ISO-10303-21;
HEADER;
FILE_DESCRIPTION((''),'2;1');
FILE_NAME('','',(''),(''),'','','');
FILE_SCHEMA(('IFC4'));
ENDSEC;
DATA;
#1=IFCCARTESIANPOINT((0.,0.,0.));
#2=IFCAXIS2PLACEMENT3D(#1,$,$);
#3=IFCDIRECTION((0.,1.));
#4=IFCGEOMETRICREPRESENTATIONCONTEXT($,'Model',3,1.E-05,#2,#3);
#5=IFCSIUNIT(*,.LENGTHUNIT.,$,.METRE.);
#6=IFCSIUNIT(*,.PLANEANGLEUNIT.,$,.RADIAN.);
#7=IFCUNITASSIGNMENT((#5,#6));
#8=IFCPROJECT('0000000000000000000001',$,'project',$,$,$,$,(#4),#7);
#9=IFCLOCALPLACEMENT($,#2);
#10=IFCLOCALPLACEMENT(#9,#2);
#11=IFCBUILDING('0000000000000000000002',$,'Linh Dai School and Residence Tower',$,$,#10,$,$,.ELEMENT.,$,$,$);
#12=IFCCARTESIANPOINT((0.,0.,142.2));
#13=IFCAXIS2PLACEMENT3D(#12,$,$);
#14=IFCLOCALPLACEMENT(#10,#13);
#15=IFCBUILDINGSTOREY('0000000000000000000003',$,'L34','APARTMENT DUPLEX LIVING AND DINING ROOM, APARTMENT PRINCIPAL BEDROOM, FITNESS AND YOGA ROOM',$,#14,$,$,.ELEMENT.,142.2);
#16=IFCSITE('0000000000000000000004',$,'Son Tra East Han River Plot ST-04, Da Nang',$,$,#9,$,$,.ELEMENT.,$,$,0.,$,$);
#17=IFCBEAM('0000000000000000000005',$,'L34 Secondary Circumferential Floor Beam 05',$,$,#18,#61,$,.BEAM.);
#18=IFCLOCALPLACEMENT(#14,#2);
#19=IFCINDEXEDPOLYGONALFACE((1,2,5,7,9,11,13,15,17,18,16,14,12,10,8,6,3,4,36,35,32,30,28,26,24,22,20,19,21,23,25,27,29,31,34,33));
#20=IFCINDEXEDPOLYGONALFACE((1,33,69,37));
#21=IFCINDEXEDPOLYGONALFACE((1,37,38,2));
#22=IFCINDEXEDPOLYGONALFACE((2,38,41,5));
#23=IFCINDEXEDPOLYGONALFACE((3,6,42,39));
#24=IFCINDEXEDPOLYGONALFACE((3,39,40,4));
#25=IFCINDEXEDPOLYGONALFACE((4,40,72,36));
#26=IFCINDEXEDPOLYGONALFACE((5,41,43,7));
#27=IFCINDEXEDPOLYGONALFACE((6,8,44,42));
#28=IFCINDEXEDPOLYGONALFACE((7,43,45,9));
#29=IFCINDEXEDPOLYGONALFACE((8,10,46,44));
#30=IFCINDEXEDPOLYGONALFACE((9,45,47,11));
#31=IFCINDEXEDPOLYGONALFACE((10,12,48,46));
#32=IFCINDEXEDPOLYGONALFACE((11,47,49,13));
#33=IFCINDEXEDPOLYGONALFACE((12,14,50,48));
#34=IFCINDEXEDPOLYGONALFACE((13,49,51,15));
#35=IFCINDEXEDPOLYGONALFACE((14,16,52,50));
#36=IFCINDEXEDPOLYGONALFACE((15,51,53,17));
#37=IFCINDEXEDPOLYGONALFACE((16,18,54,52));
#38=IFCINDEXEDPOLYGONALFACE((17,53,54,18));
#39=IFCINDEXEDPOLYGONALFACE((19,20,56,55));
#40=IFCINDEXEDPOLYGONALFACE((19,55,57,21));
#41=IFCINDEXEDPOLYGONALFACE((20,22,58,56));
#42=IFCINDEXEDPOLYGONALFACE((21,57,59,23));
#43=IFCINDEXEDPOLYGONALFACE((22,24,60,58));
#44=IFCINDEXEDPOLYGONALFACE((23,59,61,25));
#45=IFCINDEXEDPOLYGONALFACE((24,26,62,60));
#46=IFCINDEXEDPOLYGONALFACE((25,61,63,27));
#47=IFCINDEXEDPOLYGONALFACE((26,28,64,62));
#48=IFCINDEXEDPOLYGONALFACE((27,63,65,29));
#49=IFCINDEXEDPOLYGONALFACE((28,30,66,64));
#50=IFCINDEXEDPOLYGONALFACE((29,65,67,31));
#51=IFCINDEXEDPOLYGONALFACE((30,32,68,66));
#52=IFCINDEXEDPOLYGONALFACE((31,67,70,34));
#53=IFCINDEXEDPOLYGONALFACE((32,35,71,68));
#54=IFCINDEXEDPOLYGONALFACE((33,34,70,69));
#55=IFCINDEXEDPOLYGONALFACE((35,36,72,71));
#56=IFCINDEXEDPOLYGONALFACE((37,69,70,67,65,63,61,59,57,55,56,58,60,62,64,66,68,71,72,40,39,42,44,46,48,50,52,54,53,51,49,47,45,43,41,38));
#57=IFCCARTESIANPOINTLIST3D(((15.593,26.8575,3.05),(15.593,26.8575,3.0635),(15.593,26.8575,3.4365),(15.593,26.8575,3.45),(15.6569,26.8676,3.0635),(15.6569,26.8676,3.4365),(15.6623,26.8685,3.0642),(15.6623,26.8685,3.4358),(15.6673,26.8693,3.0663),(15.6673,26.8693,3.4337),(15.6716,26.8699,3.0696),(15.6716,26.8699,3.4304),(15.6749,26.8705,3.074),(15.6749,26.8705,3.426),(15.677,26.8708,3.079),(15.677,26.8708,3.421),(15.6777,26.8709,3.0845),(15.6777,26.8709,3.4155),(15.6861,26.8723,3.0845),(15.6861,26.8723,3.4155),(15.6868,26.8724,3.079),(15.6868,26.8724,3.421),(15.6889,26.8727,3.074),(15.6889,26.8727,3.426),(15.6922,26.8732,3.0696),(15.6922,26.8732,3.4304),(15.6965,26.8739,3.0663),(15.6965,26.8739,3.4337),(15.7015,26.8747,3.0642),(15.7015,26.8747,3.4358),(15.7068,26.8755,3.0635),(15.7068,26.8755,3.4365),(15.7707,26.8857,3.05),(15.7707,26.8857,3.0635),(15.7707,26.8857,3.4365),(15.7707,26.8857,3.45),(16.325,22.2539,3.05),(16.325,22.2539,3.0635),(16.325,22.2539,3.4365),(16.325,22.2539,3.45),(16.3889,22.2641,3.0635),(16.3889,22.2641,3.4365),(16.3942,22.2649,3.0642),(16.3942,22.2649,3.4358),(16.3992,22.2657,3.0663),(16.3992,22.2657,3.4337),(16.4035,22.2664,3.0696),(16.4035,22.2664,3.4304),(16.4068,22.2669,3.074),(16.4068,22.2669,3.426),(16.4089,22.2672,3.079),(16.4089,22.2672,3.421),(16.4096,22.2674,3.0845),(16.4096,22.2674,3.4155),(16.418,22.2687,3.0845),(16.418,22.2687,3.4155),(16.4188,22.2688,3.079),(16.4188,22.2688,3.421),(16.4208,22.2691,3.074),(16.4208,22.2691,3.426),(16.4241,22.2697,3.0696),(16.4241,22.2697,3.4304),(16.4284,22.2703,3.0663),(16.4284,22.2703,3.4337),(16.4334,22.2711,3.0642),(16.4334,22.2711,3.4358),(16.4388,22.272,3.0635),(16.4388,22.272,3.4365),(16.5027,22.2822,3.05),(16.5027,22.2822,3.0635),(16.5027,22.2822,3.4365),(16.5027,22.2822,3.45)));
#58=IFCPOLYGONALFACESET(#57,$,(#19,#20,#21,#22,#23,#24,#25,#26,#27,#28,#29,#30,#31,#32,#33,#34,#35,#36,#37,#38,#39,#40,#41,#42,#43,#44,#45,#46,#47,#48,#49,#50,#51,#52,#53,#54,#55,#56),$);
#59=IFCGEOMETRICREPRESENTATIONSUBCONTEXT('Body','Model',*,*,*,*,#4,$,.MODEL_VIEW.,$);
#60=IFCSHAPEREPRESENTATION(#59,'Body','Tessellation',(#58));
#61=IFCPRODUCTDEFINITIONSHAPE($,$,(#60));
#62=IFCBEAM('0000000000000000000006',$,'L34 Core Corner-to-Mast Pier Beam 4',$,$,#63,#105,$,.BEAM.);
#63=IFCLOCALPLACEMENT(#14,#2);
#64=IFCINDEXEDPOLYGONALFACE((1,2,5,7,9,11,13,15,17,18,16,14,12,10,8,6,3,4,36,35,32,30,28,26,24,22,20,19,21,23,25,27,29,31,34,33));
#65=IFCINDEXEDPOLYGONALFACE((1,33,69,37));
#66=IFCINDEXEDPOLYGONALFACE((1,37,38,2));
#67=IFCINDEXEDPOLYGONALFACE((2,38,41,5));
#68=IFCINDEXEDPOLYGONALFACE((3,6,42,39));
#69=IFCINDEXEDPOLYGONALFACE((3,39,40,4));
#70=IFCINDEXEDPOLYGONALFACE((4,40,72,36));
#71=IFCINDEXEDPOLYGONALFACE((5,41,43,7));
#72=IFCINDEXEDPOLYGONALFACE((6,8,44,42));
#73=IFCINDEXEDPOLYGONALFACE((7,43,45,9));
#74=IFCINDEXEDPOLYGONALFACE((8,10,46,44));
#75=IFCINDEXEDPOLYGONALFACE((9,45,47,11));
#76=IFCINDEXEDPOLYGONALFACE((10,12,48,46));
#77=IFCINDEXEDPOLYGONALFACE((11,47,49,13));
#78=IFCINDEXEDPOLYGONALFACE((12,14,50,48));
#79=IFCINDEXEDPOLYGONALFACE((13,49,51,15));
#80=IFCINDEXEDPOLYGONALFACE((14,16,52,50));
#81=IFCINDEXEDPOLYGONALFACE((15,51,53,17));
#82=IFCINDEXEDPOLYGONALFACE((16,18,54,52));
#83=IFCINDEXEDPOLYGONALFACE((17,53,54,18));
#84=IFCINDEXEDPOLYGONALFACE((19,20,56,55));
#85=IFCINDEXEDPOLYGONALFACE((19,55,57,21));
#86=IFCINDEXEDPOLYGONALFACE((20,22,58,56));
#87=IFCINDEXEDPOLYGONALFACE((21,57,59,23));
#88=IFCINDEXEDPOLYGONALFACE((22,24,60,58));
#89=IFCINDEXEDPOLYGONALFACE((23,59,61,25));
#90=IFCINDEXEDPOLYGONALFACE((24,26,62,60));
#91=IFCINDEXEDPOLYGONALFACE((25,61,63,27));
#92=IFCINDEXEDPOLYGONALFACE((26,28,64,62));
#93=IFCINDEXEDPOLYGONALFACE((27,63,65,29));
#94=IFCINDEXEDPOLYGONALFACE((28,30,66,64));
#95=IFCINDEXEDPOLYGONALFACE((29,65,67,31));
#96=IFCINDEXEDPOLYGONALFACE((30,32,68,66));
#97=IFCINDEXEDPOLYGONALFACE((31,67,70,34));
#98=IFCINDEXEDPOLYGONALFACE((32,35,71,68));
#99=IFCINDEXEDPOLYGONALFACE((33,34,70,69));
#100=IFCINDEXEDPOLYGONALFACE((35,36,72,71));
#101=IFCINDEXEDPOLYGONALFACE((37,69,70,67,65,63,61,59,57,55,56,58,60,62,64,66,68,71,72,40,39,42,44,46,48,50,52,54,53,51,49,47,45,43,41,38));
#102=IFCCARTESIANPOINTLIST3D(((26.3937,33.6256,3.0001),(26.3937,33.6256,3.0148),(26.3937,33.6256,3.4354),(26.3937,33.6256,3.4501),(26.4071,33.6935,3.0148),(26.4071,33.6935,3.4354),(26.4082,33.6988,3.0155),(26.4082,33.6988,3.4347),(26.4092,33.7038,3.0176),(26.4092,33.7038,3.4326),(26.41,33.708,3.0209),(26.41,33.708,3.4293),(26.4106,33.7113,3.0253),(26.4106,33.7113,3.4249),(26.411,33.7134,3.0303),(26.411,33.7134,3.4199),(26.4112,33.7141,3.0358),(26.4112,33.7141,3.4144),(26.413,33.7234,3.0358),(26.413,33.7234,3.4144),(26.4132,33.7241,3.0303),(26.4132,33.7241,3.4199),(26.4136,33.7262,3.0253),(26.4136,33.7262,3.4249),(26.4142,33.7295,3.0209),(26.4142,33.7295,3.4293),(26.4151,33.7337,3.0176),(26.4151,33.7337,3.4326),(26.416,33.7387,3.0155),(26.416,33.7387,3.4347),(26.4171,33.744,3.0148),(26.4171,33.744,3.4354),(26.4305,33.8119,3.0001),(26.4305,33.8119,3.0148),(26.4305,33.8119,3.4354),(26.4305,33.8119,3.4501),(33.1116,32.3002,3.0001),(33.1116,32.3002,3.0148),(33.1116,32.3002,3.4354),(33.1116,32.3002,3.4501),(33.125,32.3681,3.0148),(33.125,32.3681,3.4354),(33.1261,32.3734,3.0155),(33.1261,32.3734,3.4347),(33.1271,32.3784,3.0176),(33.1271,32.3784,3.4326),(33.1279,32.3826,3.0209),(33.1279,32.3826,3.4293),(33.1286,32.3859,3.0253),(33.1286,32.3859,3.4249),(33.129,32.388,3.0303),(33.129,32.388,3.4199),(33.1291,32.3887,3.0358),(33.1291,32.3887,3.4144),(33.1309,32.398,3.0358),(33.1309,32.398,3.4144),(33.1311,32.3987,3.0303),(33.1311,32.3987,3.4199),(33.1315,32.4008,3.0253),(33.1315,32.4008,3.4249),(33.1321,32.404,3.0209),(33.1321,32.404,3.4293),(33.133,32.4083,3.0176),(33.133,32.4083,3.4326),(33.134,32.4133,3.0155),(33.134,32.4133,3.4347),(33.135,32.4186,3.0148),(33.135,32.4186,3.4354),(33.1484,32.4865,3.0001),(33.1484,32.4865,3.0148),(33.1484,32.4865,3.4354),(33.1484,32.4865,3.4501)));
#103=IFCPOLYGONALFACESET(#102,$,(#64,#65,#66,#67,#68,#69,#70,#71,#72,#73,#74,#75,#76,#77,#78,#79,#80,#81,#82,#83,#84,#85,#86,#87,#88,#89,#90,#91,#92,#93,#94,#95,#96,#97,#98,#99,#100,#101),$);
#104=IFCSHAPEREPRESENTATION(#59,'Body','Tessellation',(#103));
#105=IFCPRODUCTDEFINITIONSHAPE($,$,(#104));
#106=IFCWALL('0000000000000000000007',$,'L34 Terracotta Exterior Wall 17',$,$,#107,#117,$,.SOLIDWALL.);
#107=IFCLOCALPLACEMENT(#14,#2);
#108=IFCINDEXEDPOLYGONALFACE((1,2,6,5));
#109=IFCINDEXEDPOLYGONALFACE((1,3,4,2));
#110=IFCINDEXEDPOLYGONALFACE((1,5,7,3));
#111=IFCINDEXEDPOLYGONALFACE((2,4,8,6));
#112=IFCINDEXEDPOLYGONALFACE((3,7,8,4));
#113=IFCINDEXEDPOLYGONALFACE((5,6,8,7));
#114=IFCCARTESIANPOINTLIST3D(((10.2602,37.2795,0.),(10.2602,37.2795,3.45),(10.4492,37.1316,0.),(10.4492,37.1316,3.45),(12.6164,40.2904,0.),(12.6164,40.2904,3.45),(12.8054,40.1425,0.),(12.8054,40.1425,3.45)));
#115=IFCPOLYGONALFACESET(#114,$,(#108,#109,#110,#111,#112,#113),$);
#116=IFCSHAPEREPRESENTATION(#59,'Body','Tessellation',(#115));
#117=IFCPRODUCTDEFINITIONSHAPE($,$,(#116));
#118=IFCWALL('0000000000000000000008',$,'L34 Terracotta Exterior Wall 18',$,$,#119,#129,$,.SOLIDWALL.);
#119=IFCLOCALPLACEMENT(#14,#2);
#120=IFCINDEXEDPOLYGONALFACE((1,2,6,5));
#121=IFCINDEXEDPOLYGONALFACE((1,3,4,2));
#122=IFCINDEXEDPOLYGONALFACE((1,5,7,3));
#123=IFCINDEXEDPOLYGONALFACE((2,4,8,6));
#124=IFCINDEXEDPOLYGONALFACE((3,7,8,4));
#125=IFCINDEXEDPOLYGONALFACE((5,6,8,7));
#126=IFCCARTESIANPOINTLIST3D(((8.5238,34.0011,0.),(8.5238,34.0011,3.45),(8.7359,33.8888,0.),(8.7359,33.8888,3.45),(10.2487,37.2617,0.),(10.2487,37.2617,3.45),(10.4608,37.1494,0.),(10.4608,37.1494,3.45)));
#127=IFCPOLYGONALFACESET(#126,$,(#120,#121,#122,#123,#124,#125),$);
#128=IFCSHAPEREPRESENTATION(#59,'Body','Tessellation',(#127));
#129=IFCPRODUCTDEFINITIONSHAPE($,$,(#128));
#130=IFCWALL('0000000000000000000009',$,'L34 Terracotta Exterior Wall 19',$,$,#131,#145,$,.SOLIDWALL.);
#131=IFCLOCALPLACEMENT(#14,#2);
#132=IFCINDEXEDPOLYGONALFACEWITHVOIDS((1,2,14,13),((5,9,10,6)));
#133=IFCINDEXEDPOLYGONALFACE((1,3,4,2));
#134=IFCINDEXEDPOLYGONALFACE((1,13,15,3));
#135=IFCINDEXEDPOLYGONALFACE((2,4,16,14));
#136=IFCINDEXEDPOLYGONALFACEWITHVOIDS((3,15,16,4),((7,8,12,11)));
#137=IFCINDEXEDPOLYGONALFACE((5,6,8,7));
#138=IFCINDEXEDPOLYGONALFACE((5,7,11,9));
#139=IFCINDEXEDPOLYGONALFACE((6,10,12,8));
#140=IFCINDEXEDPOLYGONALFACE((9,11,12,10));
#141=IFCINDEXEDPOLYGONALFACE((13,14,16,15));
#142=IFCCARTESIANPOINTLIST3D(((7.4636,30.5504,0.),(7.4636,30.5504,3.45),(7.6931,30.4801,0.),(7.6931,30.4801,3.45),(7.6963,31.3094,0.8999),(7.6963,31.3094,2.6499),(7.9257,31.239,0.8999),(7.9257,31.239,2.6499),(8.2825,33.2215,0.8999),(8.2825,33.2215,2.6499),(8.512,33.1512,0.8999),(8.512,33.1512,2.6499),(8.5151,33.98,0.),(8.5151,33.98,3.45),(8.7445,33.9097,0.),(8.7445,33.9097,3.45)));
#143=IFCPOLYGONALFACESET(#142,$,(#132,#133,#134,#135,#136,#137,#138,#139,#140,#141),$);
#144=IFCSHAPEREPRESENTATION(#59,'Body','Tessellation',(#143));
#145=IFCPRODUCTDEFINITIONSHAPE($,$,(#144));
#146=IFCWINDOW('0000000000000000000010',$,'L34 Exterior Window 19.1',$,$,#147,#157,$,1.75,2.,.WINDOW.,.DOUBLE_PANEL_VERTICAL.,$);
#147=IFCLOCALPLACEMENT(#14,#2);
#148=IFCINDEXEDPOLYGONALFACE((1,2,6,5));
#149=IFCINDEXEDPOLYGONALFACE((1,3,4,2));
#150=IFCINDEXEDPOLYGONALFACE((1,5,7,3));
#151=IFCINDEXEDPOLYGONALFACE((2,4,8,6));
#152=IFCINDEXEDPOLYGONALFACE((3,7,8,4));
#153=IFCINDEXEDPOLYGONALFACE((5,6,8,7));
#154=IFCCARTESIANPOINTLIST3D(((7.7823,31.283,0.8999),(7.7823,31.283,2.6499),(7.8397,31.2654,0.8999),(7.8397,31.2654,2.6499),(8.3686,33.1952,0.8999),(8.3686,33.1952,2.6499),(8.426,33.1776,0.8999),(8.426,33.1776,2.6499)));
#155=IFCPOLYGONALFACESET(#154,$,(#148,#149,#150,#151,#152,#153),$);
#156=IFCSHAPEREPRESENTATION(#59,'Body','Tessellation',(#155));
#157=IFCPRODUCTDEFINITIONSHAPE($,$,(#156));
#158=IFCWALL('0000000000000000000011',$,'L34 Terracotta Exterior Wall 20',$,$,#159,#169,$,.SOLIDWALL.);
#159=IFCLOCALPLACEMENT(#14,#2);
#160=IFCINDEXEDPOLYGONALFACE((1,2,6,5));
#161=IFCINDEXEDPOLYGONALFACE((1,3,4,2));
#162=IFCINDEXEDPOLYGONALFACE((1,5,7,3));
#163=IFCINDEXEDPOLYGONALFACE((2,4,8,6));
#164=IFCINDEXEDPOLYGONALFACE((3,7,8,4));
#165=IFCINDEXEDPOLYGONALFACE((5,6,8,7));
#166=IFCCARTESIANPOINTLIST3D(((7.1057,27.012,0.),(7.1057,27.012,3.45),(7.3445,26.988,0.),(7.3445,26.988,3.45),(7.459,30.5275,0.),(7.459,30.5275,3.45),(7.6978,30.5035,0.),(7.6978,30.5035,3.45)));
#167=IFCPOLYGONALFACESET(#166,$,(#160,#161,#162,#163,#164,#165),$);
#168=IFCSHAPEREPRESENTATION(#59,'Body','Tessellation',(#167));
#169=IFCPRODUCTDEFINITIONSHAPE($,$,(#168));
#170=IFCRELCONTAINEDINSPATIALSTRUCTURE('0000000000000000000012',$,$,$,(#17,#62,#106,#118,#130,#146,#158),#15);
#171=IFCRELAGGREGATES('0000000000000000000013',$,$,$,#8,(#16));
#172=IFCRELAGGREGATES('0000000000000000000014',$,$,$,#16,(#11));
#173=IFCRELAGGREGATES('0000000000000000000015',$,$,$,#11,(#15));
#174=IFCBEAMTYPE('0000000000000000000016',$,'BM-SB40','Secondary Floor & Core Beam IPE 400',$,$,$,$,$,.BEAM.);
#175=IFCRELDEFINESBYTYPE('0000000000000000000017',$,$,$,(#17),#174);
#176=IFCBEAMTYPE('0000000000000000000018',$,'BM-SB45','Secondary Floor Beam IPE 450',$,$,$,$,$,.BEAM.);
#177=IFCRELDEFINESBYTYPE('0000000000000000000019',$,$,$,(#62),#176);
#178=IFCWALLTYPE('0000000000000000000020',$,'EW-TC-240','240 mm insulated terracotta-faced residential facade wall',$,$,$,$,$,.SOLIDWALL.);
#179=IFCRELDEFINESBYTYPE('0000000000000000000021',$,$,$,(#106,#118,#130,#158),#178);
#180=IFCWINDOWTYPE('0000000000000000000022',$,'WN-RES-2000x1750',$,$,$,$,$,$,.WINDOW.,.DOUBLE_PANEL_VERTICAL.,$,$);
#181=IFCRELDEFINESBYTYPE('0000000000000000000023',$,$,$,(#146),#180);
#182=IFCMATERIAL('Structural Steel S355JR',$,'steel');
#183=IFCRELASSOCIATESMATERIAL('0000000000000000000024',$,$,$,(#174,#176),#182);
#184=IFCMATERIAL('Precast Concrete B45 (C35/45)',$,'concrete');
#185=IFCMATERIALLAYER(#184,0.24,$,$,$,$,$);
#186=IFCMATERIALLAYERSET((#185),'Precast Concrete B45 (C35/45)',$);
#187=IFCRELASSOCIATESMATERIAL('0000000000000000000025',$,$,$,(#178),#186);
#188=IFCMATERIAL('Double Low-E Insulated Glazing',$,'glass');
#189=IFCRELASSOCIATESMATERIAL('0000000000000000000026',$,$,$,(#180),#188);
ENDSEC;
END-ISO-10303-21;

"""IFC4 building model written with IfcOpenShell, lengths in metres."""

from ifc_helpers import new_model, si_unit, direction, frame, frame_2d, origin, origin_2d, place, context, subcontext, project, spatial, rectangle, i_section, extrude, source, transform, mapped, material, layer, layer_set, material_profile, profile_set, type_object, element, fill, save


model = new_model("IFC4")

# Units and contexts
model_context = context("Model", 3, precision=1e-05, world=origin(), true_north=direction((0.0, 1.0)))
body_context = subcontext(model_context, "Body", "Model", "MODEL_VIEW")
ifc_project = project(units=[si_unit("LENGTHUNIT", "METRE"), si_unit("PLANEANGLEUNIT", "RADIAN")], contexts=[model_context])

# Site, building, storey
site_placement = place(None, origin())
site = spatial("IfcSite", under=ifc_project, at=site_placement, Name="Son Tra East Han River Plot ST-04, Da Nang", CompositionType="ELEMENT", RefElevation=0.0)
building_placement = place(site_placement, origin())
building = spatial("IfcBuilding", under=site, at=building_placement, Name="Linh Dai School and Residence Tower", CompositionType="ELEMENT")
storey_placement = place(building_placement, frame((0.0, 0.0, 142.2)))
storey = spatial("IfcBuildingStorey", under=building, at=storey_placement, Name="L34", Description="APARTMENT DUPLEX LIVING AND DINING ROOM, APARTMENT PRINCIPAL BEDROOM, FITNESS AND YOGA ROOM", CompositionType="ELEMENT", Elevation=142.2)

# Shared definitions
ifc_material_1 = material(Name="Structural Steel S355JR", Category="steel")

# Beams
ifc_material_profile_1 = material_profile(ifc_material_1, i_section(OverallWidth=0.1799, OverallDepth=0.3999, WebThickness=0.0085, FlangeThickness=0.0134, FilletRadius=0.021, at=origin_2d()), Name="IPE 400")
ifc_profile_set_1 = profile_set([ifc_material_profile_1], Name="Structural Steel S355JR")
beam_type_1 = type_object("IfcBeamType", Name="BM-SB40", Description="Secondary Floor & Core Beam IPE 400", PredefinedType="BEAM", material=ifc_profile_set_1)
beam_1_placement = place(storey_placement, frame((15.6819, 26.8716, 3.25), z_axis=(0.157022, -0.987595, 0.0), x_axis=(0.987595, 0.157022, 0.0)))
element("IfcBeam", 1, at=beam_1_placement, inside=storey, type_object=beam_type_1, Name="L34 Secondary Circumferential Floor Beam 05", PredefinedType="BEAM", context=body_context, shape_type="SweptSolid", body=[
    extrude(i_section(OverallWidth=0.1799, OverallDepth=0.3999, WebThickness=0.0085, FlangeThickness=0.0134, FilletRadius=0.021, at=origin_2d()), origin(), (0.0, 0.0, 1.0), 4.6614),
])
ifc_material_profile_2 = material_profile(ifc_material_1, i_section(OverallWidth=0.1899, OverallDepth=0.45, WebThickness=0.0095, FlangeThickness=0.0146, FilletRadius=0.021, at=origin_2d()), Name="IPE 450")
ifc_profile_set_2 = profile_set([ifc_material_profile_2], Name="Structural Steel S355JR")
beam_type_2 = type_object("IfcBeamType", Name="BM-SB45", Description="Secondary Floor Beam IPE 450", PredefinedType="BEAM", material=ifc_profile_set_2)
beam_2_placement = place(storey_placement, frame((26.4121, 33.7188, 3.2251), z_axis=(0.981087, -0.193565, 0.0), x_axis=(0.193565, 0.981087, 0.0)))
element("IfcBeam", 2, at=beam_2_placement, inside=storey, type_object=beam_type_2, Name="L34 Core Corner-to-Mast Pier Beam 4", PredefinedType="BEAM", context=body_context, shape_type="SweptSolid", body=[
    extrude(i_section(OverallWidth=0.1899, OverallDepth=0.45, WebThickness=0.0095, FlangeThickness=0.0146, FilletRadius=0.021, at=origin_2d()), origin(), (0.0, 0.0, 1.0), 6.8474),
])

# Walls
ifc_material_2 = material(Name="Precast Concrete B45 (C35/45)", Category="concrete")
ifc_layer_1 = layer(ifc_material_2, 0.24)
ifc_layer_set_1 = layer_set([ifc_layer_1], Name="Precast Concrete B45 (C35/45)")
wall_type_1 = type_object("IfcWallType", Name="EW-TC-240", Description="240 mm insulated terracotta-faced residential facade wall", PredefinedType="SOLIDWALL", material=ifc_layer_set_1)
wall_1_placement = place(storey_placement, frame((10.3547, 37.2056, 0.0), z_axis=(0.0, 0.0, 1.0), x_axis=(0.616272, 0.787533, 0.0)))
element("IfcWall", 3, at=wall_1_placement, inside=storey, type_object=wall_type_1, Name="L34 Terracotta Exterior Wall 17", PredefinedType="SOLIDWALL", context=body_context, shape_type="SweptSolid", body=[
    extrude(rectangle(XDim=3.8232, YDim=0.24, at=frame_2d((1.9116, 0.0))), origin(), (0.0, 0.0, 1.0), 3.45),
])
wall_2_placement = place(storey_placement, frame((8.6299, 33.9451, 0.0), z_axis=(0.0, 0.0, 1.0), x_axis=(0.467614, 0.883933, 0.0)))
element("IfcWall", 4, at=wall_2_placement, inside=storey, type_object=wall_type_1, Name="L34 Terracotta Exterior Wall 18", PredefinedType="SOLIDWALL", context=body_context, shape_type="SweptSolid", body=[
    extrude(rectangle(XDim=3.6887, YDim=0.24, at=frame_2d((1.8442, 0.0))), origin(), (0.0, 0.0, 1.0), 3.45),
])

# Wall, opening, window
wall_3_placement = place(storey_placement, frame((7.5784, 30.5154, 0.0), z_axis=(0.0, 0.0, 1.0), x_axis=(0.293124, 0.956074, 0.0)))
wall_3 = element("IfcWall", 5, at=wall_3_placement, inside=storey, type_object=wall_type_1, Name="L34 Terracotta Exterior Wall 19", PredefinedType="SOLIDWALL", context=body_context, shape_type="SweptSolid", body=[
    extrude(rectangle(XDim=3.5872, YDim=0.24, at=frame_2d((1.7935, 0.0))), origin(), (0.0, 0.0, 1.0), 3.45),
])
opening_1_placement = place(wall_3_placement, frame((0.7937, 0.0, 0.8999)))
opening_1 = element("IfcOpeningElement", 6, at=opening_1_placement, cuts=wall_3, PredefinedType="OPENING", context=body_context, shape_type="SweptSolid", body=[
    extrude(rectangle(XDim=2.0, YDim=1.75, at=origin_2d()), frame((1.0, 0.1299, 0.875), z_axis=(0.0, -1.0, 0.0), x_axis=(1.0, 0.0, 0.0)), (0.0, 0.0, 1.0), 0.26),
])
ifc_material_3 = material(Name="Double Low-E Insulated Glazing", Category="glass")
window_type = type_object("IfcWindowType", Name="WN-RES-2000x1750", PartitioningType="DOUBLE_PANEL_VERTICAL", PredefinedType="WINDOW", material=ifc_material_3)
shared_shape_1 = source(origin(), body_context, "Body", "SweptSolid", [
    extrude(rectangle(XDim=2.0, YDim=1.75, at=origin_2d()), frame((1.0, 0.03, 0.875), z_axis=(0.0, -1.0, 0.0), x_axis=(1.0, 0.0, 0.0)), (0.0, 0.0, 1.0), 0.0601),
])
window_placement = place(opening_1_placement, origin())
window = element("IfcWindow", 7, at=window_placement, inside=storey, type_object=window_type, Name="L34 Exterior Window 19.1", OverallHeight=1.75, OverallWidth=2.0, PartitioningType="DOUBLE_PANEL_VERTICAL", PredefinedType="WINDOW", context=body_context, shape_type="MappedRepresentation", body=[
    mapped(shared_shape_1, transform((0.0, 0.0, 0.0), x_axis=(1.0, 0.0, 0.0), y_axis=(0.0, 1.0, 0.0), z_axis=(0.0, 0.0, 1.0), scale=1.0)),
])
fill(opening_1, window)

# Wall
wall_4_placement = place(storey_placement, frame((7.2251, 27.0, 0.0), z_axis=(0.0, 0.0, 1.0), x_axis=(0.099989, 0.994988, 0.0)))
element("IfcWall", 8, at=wall_4_placement, inside=storey, type_object=wall_type_1, Name="L34 Terracotta Exterior Wall 20", PredefinedType="SOLIDWALL", context=body_context, shape_type="SweptSolid", body=[
    extrude(rectangle(XDim=3.5332, YDim=0.24, at=frame_2d((1.7666, 0.0))), origin(), (0.0, 0.0, 1.0), 3.45),
])

save(model, "model.ifc")
